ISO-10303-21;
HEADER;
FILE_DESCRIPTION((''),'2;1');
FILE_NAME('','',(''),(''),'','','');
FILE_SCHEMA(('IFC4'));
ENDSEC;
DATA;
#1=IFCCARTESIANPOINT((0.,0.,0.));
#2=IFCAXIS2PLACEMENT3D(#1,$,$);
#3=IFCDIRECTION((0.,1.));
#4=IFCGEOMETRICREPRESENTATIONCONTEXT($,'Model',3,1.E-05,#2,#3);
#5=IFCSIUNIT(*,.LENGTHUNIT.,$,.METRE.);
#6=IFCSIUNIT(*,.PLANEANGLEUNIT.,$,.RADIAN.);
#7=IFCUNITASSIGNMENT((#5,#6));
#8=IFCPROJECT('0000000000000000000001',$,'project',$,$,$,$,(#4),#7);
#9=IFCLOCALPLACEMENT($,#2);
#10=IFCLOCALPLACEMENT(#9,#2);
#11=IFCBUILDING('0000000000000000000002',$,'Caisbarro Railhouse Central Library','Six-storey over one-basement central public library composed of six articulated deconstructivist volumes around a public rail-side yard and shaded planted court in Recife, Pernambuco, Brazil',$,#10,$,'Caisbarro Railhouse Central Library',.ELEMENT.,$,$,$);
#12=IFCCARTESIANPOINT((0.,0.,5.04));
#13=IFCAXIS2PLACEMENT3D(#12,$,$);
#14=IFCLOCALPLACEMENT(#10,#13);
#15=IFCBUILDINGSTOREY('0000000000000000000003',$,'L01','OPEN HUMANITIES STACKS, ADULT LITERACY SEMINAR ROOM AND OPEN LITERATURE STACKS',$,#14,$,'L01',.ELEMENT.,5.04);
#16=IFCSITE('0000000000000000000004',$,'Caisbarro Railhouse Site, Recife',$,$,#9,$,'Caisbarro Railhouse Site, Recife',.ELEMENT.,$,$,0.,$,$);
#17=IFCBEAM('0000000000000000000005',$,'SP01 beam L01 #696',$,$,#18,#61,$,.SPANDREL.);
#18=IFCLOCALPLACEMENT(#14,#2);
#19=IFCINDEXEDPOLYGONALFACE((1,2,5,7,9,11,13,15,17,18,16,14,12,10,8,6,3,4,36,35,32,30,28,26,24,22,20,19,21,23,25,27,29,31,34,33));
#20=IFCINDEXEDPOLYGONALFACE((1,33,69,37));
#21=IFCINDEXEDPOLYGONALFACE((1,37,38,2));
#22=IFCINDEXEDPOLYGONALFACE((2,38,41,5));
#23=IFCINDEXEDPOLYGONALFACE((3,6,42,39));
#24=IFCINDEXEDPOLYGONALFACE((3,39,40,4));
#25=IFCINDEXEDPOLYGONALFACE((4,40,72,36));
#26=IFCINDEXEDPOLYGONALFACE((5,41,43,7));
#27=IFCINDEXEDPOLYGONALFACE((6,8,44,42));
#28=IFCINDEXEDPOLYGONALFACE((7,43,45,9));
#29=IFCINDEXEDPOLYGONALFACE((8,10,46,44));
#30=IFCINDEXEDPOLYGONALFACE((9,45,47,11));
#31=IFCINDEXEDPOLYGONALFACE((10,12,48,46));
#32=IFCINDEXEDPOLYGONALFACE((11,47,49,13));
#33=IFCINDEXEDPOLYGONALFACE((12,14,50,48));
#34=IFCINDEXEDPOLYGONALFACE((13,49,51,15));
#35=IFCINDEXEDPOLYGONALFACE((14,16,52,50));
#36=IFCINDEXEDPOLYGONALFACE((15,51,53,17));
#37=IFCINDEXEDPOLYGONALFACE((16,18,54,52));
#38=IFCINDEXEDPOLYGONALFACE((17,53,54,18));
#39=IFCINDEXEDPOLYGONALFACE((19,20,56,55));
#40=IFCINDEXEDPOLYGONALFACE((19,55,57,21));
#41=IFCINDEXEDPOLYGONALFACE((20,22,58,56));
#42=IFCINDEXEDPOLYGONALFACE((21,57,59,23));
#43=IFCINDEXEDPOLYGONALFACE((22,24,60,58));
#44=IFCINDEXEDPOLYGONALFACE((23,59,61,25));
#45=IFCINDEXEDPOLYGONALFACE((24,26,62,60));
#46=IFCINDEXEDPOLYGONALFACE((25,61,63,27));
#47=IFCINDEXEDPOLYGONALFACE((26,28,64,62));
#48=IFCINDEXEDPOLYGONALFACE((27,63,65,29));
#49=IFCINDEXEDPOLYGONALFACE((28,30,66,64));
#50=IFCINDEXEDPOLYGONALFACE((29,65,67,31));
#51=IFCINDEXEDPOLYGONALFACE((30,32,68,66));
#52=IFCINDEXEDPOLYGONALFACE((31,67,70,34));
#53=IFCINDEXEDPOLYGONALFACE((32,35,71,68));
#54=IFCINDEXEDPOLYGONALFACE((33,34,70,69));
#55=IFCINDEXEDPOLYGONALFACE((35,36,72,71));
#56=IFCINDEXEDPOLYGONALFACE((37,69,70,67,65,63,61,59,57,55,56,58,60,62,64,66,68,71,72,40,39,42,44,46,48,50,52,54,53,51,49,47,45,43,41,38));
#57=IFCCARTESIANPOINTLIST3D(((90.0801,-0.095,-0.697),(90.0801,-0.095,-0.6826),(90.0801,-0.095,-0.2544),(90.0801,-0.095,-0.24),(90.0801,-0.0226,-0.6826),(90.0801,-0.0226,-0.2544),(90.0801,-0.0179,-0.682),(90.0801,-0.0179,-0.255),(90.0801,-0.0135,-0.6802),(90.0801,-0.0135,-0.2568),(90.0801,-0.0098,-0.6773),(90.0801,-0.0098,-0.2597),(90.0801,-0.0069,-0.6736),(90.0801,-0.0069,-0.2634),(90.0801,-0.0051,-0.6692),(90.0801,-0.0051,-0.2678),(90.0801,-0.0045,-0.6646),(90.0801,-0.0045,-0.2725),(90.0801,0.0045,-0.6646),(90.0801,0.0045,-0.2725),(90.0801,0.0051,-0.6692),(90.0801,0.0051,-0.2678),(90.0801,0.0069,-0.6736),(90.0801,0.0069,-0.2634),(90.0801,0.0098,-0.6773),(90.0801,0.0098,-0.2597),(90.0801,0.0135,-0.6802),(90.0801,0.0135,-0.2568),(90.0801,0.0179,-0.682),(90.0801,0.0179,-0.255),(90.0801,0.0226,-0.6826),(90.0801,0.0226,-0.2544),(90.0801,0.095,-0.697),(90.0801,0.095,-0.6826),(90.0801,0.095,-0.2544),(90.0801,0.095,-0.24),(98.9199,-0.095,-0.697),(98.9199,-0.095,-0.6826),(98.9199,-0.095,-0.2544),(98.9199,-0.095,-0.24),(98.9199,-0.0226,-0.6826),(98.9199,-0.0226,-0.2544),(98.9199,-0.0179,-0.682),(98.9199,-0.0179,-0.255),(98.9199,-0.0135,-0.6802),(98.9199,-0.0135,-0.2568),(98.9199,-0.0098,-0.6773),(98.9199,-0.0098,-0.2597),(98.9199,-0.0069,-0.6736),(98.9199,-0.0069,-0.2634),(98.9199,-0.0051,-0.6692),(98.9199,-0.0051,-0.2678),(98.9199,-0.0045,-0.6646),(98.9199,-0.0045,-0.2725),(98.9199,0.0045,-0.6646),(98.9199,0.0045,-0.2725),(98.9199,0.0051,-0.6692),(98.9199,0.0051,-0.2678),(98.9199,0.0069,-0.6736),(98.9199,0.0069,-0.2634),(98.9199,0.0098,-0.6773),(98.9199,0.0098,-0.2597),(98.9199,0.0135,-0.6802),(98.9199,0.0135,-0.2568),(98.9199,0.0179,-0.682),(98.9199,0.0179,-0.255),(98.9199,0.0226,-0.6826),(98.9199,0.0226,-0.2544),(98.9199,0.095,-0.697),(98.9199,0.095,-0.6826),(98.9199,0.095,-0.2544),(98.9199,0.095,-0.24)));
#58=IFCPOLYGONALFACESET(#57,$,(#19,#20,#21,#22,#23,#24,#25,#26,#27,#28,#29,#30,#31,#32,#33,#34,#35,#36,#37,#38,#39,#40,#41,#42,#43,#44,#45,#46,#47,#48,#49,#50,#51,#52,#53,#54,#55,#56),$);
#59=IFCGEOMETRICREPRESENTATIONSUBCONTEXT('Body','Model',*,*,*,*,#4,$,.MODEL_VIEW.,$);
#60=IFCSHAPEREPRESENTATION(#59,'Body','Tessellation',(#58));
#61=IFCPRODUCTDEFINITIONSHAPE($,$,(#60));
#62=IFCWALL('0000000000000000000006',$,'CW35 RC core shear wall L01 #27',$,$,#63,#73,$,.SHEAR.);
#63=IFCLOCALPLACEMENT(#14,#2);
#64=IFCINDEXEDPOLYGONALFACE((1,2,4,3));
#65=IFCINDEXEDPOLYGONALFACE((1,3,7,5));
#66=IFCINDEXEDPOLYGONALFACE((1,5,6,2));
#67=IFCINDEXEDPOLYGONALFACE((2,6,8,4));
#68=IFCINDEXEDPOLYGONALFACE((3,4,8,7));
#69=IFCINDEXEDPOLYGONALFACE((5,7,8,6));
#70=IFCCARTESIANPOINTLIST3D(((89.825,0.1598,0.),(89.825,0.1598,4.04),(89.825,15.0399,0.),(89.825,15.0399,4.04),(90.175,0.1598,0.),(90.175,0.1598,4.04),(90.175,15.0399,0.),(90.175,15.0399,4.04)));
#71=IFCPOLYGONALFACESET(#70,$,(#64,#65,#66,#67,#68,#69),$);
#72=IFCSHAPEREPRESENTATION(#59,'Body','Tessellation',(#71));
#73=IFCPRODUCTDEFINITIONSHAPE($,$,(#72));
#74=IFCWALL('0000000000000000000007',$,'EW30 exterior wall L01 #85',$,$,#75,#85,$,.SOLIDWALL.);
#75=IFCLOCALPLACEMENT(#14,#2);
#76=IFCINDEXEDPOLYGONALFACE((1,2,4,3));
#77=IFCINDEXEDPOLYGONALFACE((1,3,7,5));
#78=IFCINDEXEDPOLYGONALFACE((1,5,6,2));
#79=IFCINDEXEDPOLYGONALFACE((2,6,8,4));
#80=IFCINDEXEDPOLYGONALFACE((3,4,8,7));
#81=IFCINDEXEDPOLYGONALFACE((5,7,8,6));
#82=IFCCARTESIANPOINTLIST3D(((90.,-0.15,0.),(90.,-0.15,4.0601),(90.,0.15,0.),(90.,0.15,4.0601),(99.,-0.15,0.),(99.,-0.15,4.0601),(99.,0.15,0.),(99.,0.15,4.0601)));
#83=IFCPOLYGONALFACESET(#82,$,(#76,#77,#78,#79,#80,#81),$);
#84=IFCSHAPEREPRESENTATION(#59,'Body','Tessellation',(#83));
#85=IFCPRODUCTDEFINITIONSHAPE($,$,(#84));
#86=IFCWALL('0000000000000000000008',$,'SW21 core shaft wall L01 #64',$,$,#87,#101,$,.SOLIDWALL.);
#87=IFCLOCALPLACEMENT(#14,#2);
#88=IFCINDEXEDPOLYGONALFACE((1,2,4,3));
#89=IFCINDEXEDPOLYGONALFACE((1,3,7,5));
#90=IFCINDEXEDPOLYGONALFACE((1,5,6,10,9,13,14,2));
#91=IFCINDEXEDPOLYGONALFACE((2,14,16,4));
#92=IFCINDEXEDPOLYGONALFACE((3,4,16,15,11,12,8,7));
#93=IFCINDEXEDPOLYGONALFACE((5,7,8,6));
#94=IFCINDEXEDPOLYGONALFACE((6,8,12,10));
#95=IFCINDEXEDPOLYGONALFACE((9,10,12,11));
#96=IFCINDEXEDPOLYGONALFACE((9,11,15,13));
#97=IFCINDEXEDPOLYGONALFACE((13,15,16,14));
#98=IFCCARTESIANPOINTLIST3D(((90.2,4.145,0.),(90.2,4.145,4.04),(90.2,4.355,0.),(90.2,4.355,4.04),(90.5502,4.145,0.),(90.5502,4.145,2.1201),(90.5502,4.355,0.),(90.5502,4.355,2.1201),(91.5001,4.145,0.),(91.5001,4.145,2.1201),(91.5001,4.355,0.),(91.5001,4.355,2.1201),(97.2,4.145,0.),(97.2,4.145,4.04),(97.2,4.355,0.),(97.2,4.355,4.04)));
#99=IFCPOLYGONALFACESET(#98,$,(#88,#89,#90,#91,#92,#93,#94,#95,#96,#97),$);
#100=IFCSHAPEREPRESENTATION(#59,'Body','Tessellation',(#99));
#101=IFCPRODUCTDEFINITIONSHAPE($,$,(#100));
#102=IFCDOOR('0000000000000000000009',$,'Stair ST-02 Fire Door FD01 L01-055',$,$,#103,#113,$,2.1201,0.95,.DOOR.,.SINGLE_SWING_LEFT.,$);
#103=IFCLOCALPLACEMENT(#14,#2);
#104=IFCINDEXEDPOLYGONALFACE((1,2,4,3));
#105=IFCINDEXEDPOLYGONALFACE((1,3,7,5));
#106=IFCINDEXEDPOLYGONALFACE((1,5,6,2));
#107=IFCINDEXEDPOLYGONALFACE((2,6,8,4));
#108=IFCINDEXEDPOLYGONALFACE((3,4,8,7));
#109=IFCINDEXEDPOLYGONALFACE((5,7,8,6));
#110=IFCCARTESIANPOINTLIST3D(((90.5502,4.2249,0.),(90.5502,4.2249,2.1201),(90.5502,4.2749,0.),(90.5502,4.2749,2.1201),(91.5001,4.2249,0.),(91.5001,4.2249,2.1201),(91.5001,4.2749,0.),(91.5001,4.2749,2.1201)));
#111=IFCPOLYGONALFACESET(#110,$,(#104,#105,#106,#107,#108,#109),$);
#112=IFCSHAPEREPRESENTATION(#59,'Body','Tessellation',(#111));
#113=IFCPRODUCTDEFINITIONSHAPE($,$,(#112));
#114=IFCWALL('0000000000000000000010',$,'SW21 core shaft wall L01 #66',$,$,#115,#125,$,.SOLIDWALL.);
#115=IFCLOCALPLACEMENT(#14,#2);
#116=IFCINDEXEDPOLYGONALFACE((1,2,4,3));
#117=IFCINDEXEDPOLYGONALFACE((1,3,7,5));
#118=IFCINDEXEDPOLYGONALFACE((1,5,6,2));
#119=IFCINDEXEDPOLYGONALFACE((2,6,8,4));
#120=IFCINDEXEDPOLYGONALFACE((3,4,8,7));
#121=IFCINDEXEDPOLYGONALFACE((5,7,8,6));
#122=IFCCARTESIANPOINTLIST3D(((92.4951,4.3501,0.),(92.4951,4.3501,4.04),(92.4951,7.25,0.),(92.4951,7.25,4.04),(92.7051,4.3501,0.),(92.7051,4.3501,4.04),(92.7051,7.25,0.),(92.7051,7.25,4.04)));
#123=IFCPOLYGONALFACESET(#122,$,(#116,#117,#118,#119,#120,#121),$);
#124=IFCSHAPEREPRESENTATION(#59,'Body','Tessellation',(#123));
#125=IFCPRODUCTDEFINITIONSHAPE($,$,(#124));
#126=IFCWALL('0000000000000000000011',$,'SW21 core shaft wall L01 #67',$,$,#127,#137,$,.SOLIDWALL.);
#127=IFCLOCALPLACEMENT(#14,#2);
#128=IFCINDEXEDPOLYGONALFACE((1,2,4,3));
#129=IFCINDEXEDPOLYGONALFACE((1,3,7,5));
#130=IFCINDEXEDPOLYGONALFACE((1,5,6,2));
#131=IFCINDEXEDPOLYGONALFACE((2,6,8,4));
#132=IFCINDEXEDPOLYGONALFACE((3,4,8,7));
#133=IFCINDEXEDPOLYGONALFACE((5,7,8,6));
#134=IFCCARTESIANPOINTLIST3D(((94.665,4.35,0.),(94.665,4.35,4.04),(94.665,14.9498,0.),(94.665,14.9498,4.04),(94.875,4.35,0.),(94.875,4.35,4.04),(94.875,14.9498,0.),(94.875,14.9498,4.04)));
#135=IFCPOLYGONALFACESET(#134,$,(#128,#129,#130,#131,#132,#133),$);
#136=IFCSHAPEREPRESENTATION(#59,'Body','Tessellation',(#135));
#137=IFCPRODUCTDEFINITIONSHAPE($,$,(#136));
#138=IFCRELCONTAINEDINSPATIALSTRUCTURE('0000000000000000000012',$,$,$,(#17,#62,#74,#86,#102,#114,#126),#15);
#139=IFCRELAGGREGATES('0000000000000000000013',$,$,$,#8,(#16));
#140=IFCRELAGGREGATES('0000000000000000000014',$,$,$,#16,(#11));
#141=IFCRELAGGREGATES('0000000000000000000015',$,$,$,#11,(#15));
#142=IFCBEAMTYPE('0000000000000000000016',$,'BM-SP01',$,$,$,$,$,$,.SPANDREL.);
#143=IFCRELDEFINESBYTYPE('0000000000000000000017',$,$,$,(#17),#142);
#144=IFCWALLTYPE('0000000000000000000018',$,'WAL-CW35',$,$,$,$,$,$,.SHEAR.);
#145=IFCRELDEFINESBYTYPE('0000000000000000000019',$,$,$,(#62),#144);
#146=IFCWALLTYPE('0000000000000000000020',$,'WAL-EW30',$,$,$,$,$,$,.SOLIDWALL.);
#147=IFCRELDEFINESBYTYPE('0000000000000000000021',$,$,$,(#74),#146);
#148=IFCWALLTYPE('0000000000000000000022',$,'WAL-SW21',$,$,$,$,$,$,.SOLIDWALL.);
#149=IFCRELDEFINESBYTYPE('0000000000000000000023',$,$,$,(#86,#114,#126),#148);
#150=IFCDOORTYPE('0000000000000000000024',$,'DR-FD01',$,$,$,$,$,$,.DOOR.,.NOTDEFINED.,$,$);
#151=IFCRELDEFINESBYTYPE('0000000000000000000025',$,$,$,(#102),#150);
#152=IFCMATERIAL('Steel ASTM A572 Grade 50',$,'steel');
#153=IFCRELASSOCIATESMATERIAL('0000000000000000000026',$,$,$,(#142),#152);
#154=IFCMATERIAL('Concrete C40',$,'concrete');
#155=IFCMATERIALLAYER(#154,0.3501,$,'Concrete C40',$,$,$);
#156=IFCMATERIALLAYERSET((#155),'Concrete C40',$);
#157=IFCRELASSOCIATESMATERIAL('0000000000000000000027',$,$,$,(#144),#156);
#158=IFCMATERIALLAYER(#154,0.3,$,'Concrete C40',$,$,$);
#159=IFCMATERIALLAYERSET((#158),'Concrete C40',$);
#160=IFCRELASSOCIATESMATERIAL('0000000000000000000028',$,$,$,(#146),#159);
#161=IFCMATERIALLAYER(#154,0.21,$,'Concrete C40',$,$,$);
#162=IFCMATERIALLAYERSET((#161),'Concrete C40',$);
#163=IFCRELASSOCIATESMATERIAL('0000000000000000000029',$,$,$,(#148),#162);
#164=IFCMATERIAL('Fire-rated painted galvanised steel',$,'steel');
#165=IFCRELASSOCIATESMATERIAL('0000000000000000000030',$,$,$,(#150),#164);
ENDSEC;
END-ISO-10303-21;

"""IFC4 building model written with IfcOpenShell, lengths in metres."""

from ifc_helpers import new_model, si_unit, direction, frame, frame_2d, origin, origin_2d, place, context, subcontext, project, spatial, rectangle, i_section, extrude, material, layer, layer_set, material_profile, profile_set, type_object, element, fill, save


model = new_model("IFC4")

# Units and contexts
model_context = context("Model", 3, precision=1e-05, world=origin(), true_north=direction((0.0, 1.0)))
body_context = subcontext(model_context, "Body", "Model", "MODEL_VIEW")
ifc_project = project(units=[si_unit("LENGTHUNIT", "METRE"), si_unit("PLANEANGLEUNIT", "RADIAN")], contexts=[model_context])

# Site, building, storey
site_placement = place(None, origin())
site = spatial("IfcSite", under=ifc_project, at=site_placement, Name="Caisbarro Railhouse Site, Recife", LongName="Caisbarro Railhouse Site, Recife", CompositionType="ELEMENT", RefElevation=0.0)
building_placement = place(site_placement, origin())
building = spatial("IfcBuilding", under=site, at=building_placement, Name="Caisbarro Railhouse Central Library", Description="Six-storey over one-basement central public library composed of six articulated deconstructivist volumes around a public rail-side yard and shaded planted court in Recife, Pernambuco, Brazil", LongName="Caisbarro Railhouse Central Library", CompositionType="ELEMENT")
storey_placement = place(building_placement, frame((0.0, 0.0, 5.04)))
storey = spatial("IfcBuildingStorey", under=building, at=storey_placement, Name="L01", Description="OPEN HUMANITIES STACKS, ADULT LITERACY SEMINAR ROOM AND OPEN LITERATURE STACKS", LongName="L01", CompositionType="ELEMENT", Elevation=5.04)

# Shared definitions
ifc_material_1 = material(Name="Steel ASTM A572 Grade 50", Category="steel")

# Beam
ifc_material_profile_1 = material_profile(ifc_material_1, i_section(OverallWidth=0.1899, OverallDepth=0.457, WebThickness=0.009, FlangeThickness=0.0144, FilletRadius=0.0181, at=origin_2d()), Name="W460X74.0")
ifc_profile_set_1 = profile_set([ifc_material_profile_1], Name="Steel ASTM A572 Grade 50")
beam_type_1 = type_object("IfcBeamType", Name="BM-SP01", PredefinedType="SPANDREL", material=ifc_profile_set_1)
beam_1_placement = place(storey_placement, frame((90.0801, 0.0, -0.4685), z_axis=(1.0, 0.0, 0.0), x_axis=(0.0, 1.0, 0.0)))
element("IfcBeam", 1, at=beam_1_placement, inside=storey, type_object=beam_type_1, Name="SP01 beam L01 #696", PredefinedType="SPANDREL", context=body_context, shape_type="SweptSolid", body=[
    extrude(i_section(OverallWidth=0.1899, OverallDepth=0.457, WebThickness=0.009, FlangeThickness=0.0144, FilletRadius=0.0181, at=origin_2d()), origin(), (0.0, 0.0, 1.0), 8.8398),
])

# Walls
ifc_material_2 = material(Name="Concrete C40", Category="concrete")
ifc_layer_1 = layer(ifc_material_2, 0.3501, Name="Concrete C40")
ifc_layer_set_1 = layer_set([ifc_layer_1], Name="Concrete C40")
wall_type_1 = type_object("IfcWallType", Name="WAL-CW35", PredefinedType="SHEAR", material=ifc_layer_set_1)
wall_1_placement = place(storey_placement, frame((90.0, 0.1599, 0.0), z_axis=(0.0, 0.0, 1.0), x_axis=(0.0, 1.0, 0.0)))
element("IfcWall", 2, at=wall_1_placement, inside=storey, type_object=wall_type_1, Name="CW35 RC core shear wall L01 #27", PredefinedType="SHEAR", context=body_context, shape_type="SweptSolid", body=[
    extrude(rectangle(XDim=14.8801, YDim=0.3501, at=frame_2d((7.4399, 0.0))), origin(), (0.0, 0.0, 1.0), 4.04),
])
ifc_layer_2 = layer(ifc_material_2, 0.3, Name="Concrete C40")
ifc_layer_set_2 = layer_set([ifc_layer_2], Name="Concrete C40")
wall_type_2 = type_object("IfcWallType", Name="WAL-EW30", PredefinedType="SOLIDWALL", material=ifc_layer_set_2)
wall_2_placement = place(storey_placement, frame((90.0, 0.0, 0.0), z_axis=(0.0, 0.0, 1.0), x_axis=(1.0, 0.0, 0.0)))
element("IfcWall", 3, at=wall_2_placement, inside=storey, type_object=wall_type_2, Name="EW30 exterior wall L01 #85", PredefinedType="SOLIDWALL", context=body_context, shape_type="SweptSolid", body=[
    extrude(rectangle(XDim=9.0, YDim=0.3, at=frame_2d((4.5, 0.0))), origin(), (0.0, 0.0, 1.0), 4.0601),
])

# Wall, opening, door
ifc_layer_3 = layer(ifc_material_2, 0.21, Name="Concrete C40")
ifc_layer_set_3 = layer_set([ifc_layer_3], Name="Concrete C40")
wall_type_3 = type_object("IfcWallType", Name="WAL-SW21", PredefinedType="SOLIDWALL", material=ifc_layer_set_3)
wall_3_placement = place(storey_placement, frame((90.2, 4.25, 0.0), z_axis=(0.0, 0.0, 1.0), x_axis=(1.0, 0.0, 0.0)))
wall_3 = element("IfcWall", 4, at=wall_3_placement, inside=storey, type_object=wall_type_3, Name="SW21 core shaft wall L01 #64", PredefinedType="SOLIDWALL", context=body_context, shape_type="SweptSolid", body=[
    extrude(rectangle(XDim=7.0, YDim=0.21, at=frame_2d((3.5, 0.0))), origin(), (0.0, 0.0, 1.0), 4.04),
])
opening_1_placement = place(wall_3_placement, frame((0.3501, 0.0, 0.0)))
opening_1 = element("IfcOpeningElement", 5, at=opening_1_placement, cuts=wall_3, PredefinedType="OPENING", context=body_context, shape_type="SweptSolid", body=[
    extrude(rectangle(XDim=0.95, YDim=2.1201, at=frame_2d((0.4751, 1.0601))), frame((0.0, 0.115, 0.0), z_axis=(0.0, -1.0, 0.0), x_axis=(1.0, 0.0, 0.0)), (0.0, 0.0, 1.0), 0.23),
])
ifc_material_3 = material(Name="Fire-rated painted galvanised steel", Category="steel")
door_type_1 = type_object("IfcDoorType", Name="DR-FD01", OperationType="NOTDEFINED", PredefinedType="DOOR", material=ifc_material_3)
door_1_placement = place(opening_1_placement, origin())
door_1 = element("IfcDoor", 6, at=door_1_placement, inside=storey, type_object=door_type_1, Name="Stair ST-02 Fire Door FD01 L01-055", OperationType="SINGLE_SWING_LEFT", OverallHeight=2.1201, OverallWidth=0.95, PredefinedType="DOOR", context=body_context, shape_type="SweptSolid", body=[
    extrude(rectangle(XDim=0.95, YDim=2.1201, at=frame_2d((0.4751, 1.0601))), frame((0.0, 0.0249, 0.0), z_axis=(0.0, -1.0, 0.0), x_axis=(1.0, 0.0, 0.0)), (0.0, 0.0, 1.0), 0.05),
])
fill(opening_1, door_1)

# Walls
wall_4_placement = place(storey_placement, frame((92.6001, 4.3501, 0.0), z_axis=(0.0, 0.0, 1.0), x_axis=(0.0, 1.0, 0.0)))
element("IfcWall", 7, at=wall_4_placement, inside=storey, type_object=wall_type_3, Name="SW21 core shaft wall L01 #66", PredefinedType="SOLIDWALL", context=body_context, shape_type="SweptSolid", body=[
    extrude(rectangle(XDim=2.8999, YDim=0.21, at=frame_2d((1.45, 0.0))), origin(), (0.0, 0.0, 1.0), 4.04),
])
wall_5_placement = place(storey_placement, frame((94.77, 4.3501, 0.0), z_axis=(0.0, 0.0, 1.0), x_axis=(0.0, 1.0, 0.0)))
element("IfcWall", 8, at=wall_5_placement, inside=storey, type_object=wall_type_3, Name="SW21 core shaft wall L01 #67", PredefinedType="SOLIDWALL", context=body_context, shape_type="SweptSolid", body=[
    extrude(rectangle(XDim=10.5999, YDim=0.21, at=frame_2d((5.2998, 0.0))), origin(), (0.0, 0.0, 1.0), 4.04),
])

save(model, "model.ifc")
